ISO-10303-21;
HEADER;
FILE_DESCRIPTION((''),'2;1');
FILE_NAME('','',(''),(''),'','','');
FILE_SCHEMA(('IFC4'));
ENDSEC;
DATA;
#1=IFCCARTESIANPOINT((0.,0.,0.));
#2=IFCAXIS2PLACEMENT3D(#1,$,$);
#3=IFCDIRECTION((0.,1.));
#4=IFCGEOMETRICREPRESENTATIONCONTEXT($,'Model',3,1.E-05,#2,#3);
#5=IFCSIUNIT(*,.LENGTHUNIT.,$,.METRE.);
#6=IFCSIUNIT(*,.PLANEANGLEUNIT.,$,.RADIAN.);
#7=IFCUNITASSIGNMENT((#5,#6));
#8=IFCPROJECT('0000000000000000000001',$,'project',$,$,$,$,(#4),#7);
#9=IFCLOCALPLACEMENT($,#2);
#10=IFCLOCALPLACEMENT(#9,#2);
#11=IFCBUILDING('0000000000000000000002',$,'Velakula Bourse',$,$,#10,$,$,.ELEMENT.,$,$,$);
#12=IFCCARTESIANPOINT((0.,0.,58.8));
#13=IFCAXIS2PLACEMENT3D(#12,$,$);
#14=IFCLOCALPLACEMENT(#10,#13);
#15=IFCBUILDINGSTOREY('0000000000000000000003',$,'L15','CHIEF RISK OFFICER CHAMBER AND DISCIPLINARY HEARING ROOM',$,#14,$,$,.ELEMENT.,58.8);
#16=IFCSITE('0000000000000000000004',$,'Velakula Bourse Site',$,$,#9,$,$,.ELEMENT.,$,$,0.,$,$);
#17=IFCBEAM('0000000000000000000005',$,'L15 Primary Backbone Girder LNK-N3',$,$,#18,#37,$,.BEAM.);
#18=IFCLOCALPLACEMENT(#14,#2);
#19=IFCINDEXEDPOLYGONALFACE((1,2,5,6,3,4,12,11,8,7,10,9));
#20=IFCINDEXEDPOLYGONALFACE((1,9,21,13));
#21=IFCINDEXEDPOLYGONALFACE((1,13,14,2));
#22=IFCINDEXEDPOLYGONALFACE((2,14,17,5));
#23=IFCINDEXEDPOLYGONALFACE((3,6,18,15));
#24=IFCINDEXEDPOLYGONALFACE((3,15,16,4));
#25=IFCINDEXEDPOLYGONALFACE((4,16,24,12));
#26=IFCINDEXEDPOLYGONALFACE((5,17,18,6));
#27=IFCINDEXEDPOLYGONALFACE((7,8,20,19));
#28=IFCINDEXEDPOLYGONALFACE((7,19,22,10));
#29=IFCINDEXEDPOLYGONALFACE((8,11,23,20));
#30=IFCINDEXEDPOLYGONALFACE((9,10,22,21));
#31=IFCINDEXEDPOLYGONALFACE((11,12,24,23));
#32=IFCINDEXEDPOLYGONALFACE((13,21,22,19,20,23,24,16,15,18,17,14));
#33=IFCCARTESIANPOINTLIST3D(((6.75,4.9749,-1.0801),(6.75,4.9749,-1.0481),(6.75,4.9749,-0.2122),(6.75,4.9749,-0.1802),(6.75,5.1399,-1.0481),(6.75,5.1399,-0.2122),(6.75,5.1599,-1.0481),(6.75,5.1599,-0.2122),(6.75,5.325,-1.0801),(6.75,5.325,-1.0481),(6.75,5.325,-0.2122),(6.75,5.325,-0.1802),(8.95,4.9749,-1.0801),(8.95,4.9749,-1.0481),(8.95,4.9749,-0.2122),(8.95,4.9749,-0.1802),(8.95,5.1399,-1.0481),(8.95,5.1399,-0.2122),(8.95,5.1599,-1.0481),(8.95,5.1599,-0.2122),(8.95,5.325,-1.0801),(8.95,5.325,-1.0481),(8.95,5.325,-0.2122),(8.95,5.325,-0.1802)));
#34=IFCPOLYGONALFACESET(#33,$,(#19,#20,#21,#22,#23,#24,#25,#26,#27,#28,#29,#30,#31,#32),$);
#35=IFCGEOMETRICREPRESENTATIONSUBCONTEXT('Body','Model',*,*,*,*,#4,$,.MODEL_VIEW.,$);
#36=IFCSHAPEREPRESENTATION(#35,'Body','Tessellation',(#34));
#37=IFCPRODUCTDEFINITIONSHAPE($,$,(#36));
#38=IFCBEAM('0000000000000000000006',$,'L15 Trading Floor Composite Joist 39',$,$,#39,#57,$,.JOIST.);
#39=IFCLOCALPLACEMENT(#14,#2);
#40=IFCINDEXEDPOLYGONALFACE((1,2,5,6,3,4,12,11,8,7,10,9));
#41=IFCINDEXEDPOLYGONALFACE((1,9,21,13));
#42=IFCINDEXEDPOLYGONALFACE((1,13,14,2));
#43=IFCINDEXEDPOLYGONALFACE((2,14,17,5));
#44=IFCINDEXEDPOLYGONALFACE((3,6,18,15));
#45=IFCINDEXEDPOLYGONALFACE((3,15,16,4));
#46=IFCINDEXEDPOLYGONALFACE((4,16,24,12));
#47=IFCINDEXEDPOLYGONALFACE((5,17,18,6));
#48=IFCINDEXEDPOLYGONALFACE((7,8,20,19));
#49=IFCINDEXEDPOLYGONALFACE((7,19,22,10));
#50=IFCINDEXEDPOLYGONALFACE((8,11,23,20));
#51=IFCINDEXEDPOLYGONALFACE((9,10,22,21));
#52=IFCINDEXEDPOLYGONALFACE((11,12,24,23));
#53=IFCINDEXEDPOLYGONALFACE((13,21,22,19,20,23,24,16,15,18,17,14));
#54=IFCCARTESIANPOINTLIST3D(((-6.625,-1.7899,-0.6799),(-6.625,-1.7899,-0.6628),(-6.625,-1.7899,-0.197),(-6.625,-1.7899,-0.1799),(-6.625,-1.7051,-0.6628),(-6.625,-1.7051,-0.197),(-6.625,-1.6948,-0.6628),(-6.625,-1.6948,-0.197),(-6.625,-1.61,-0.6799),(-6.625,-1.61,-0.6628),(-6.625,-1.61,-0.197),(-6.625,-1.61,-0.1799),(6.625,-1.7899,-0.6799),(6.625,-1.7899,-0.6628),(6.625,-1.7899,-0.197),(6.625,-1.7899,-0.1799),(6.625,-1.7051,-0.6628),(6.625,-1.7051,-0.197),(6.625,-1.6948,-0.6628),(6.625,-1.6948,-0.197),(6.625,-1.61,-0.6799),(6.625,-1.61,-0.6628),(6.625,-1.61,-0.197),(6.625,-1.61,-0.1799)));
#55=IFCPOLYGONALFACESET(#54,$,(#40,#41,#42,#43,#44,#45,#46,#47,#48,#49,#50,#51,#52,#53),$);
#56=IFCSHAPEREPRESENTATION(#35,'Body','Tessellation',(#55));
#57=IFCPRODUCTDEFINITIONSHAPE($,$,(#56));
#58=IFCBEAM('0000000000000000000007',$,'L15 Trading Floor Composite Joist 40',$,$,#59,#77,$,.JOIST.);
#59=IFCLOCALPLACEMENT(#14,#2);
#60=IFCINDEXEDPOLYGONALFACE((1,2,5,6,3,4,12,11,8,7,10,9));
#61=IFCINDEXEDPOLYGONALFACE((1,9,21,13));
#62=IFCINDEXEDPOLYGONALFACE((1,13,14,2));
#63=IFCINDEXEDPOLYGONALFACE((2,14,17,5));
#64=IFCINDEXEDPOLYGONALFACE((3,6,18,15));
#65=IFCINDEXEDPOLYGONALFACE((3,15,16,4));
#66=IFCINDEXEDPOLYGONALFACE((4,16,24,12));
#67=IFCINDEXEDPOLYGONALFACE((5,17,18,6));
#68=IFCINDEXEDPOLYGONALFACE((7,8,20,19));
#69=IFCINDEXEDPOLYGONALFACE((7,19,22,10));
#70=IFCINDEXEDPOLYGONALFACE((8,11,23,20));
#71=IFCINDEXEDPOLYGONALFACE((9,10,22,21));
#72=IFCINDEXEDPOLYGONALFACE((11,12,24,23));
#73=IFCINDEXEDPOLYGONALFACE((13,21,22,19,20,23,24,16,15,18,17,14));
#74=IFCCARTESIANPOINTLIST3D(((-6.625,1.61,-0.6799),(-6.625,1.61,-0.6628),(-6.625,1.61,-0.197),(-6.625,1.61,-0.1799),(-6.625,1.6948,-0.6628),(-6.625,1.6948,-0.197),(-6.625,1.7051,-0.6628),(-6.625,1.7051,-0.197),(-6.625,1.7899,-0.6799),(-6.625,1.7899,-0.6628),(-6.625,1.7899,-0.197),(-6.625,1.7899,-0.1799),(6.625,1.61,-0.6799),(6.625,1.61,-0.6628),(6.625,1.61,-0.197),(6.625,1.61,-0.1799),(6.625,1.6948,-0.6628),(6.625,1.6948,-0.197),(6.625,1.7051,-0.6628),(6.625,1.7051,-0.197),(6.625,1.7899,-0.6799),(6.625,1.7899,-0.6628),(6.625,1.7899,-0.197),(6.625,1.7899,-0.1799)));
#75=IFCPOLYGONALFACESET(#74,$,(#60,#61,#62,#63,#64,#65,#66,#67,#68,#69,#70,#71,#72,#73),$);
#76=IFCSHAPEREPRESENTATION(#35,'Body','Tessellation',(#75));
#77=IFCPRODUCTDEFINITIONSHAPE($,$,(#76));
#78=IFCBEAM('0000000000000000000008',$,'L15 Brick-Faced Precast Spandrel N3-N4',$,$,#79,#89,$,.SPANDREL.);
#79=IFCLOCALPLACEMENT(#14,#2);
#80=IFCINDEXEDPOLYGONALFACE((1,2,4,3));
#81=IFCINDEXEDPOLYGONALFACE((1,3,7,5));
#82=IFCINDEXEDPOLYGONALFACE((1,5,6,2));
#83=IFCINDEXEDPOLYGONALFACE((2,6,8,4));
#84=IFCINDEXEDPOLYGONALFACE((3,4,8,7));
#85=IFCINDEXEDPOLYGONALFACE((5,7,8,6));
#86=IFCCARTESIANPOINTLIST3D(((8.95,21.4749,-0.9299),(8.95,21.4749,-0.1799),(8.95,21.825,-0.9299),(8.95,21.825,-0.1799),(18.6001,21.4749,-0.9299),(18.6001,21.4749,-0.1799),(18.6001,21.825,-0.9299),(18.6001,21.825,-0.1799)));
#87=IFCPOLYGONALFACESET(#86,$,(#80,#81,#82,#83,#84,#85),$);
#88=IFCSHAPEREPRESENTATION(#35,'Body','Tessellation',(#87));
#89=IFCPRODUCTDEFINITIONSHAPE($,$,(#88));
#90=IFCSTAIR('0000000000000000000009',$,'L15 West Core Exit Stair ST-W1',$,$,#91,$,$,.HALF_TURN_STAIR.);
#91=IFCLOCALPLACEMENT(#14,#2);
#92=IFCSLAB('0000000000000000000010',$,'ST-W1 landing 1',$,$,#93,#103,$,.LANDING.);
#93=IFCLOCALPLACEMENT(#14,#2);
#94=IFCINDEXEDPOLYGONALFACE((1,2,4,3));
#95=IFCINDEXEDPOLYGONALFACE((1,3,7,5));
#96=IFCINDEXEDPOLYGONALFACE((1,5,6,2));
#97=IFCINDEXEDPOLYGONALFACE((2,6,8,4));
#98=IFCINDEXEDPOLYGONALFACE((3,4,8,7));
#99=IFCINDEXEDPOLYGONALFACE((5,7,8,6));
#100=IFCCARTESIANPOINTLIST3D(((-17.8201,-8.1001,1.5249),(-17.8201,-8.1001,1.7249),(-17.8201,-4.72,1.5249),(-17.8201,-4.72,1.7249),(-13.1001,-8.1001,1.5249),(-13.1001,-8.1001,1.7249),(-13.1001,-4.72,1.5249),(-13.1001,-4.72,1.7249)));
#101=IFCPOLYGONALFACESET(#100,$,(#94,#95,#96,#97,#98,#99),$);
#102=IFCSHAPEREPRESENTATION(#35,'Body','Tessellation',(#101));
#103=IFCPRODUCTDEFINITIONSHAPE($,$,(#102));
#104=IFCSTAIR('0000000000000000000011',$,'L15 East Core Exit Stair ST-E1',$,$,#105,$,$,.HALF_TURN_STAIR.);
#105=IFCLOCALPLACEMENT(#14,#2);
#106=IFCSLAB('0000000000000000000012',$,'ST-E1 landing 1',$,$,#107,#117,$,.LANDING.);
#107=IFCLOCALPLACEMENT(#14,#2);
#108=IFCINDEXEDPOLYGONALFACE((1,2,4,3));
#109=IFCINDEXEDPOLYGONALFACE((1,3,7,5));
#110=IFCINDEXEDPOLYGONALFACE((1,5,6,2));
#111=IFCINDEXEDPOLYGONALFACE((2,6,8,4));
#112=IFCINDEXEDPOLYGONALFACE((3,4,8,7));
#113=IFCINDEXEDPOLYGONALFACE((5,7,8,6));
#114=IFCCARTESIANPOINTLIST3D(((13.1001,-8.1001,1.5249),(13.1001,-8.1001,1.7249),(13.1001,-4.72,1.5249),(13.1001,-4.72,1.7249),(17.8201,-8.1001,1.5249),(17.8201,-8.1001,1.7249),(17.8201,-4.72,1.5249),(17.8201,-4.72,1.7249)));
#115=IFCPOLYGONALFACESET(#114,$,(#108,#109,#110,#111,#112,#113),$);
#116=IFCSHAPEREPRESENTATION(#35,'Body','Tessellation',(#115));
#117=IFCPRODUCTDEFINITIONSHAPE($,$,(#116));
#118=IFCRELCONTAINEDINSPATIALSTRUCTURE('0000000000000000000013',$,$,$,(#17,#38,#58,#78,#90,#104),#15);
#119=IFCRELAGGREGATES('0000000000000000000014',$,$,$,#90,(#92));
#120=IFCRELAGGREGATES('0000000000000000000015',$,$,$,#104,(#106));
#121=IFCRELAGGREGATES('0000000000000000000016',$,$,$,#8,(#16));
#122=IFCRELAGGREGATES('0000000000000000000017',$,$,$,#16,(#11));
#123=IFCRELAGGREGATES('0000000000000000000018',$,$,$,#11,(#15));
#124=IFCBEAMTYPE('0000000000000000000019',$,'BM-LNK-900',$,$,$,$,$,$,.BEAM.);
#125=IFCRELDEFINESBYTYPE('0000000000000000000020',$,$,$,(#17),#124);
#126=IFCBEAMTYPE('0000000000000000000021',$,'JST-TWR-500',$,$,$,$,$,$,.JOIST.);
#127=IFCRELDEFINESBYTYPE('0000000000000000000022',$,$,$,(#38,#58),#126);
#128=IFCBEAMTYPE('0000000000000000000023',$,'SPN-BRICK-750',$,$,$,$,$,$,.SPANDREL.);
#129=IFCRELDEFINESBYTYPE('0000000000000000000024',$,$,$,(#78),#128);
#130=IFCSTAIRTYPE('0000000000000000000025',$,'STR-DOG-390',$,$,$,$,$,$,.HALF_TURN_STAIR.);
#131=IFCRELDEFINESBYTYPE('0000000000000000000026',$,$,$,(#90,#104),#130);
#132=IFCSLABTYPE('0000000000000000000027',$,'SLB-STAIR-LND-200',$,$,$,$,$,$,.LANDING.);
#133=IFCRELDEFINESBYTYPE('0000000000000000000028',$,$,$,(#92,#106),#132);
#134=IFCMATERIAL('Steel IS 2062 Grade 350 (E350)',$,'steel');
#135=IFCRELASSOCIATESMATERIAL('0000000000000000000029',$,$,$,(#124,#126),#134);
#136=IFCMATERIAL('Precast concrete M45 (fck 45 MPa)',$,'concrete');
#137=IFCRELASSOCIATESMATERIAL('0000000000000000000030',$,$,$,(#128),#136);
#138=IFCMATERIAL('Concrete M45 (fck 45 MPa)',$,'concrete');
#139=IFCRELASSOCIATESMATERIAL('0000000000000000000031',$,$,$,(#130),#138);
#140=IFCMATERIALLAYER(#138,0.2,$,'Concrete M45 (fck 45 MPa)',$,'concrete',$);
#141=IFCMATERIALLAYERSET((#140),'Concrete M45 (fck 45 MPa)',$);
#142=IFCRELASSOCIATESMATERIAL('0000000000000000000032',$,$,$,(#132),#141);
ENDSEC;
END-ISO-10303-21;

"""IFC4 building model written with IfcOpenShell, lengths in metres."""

from ifc_helpers import new_model, si_unit, direction, frame, origin, origin_2d, place, context, subcontext, project, spatial, polyline, rectangle, i_section, outline, extrude, material, layer, layer_set, material_profile, profile_set, type_object, element, aggregate, save


model = new_model("IFC4")

# Units and contexts
model_context = context("Model", 3, precision=1e-05, world=origin(), true_north=direction((0.0, 1.0)))
body_context = subcontext(model_context, "Body", "Model", "MODEL_VIEW")
ifc_project = project(units=[si_unit("LENGTHUNIT", "METRE"), si_unit("PLANEANGLEUNIT", "RADIAN")], contexts=[model_context])

# Site, building, storey
site_placement = place(None, origin())
site = spatial("IfcSite", under=ifc_project, at=site_placement, Name="Velakula Bourse Site", CompositionType="ELEMENT", RefElevation=0.0)
building_placement = place(site_placement, origin())
building = spatial("IfcBuilding", under=site, at=building_placement, Name="Velakula Bourse", CompositionType="ELEMENT")
storey_placement = place(building_placement, frame((0.0, 0.0, 58.8)))
storey = spatial("IfcBuildingStorey", under=building, at=storey_placement, Name="L15", Description="CHIEF RISK OFFICER CHAMBER AND DISCIPLINARY HEARING ROOM", CompositionType="ELEMENT", Elevation=58.8)

# Beams
ifc_material_1 = material(Name="Steel IS 2062 Grade 350 (E350)", Category="steel")
ifc_material_profile_1 = material_profile(ifc_material_1, i_section(OverallWidth=0.3501, OverallDepth=0.8999, WebThickness=0.02, FlangeThickness=0.032, at=origin_2d()), Name="Steel IS 2062 Grade 350 (E350)")
ifc_profile_set_1 = profile_set([ifc_material_profile_1], Name="Steel IS 2062 Grade 350 (E350)")
beam_type_1 = type_object("IfcBeamType", Name="BM-LNK-900", PredefinedType="BEAM", material=ifc_profile_set_1)
beam_1_placement = place(storey_placement, frame((6.75, 5.1499, -0.6301), z_axis=(1.0, 0.0, 0.0), x_axis=(0.0, 1.0, 0.0)))
element("IfcBeam", 1, at=beam_1_placement, inside=storey, type_object=beam_type_1, Name="L15 Primary Backbone Girder LNK-N3", PredefinedType="BEAM", context=body_context, shape_type="SweptSolid", body=[
    extrude(i_section(OverallWidth=0.3501, OverallDepth=0.8999, WebThickness=0.02, FlangeThickness=0.032, at=origin_2d()), origin(), (0.0, 0.0, 1.0), 2.2),
])
ifc_material_profile_2 = material_profile(ifc_material_1, i_section(OverallWidth=0.1799, OverallDepth=0.5, WebThickness=0.0103, FlangeThickness=0.0171, at=origin_2d()), Name="Steel IS 2062 Grade 350 (E350)")
ifc_profile_set_2 = profile_set([ifc_material_profile_2], Name="Steel IS 2062 Grade 350 (E350)")
beam_type_2 = type_object("IfcBeamType", Name="JST-TWR-500", PredefinedType="JOIST", material=ifc_profile_set_2)
for number, where, z_axis, x_axis, name in (
    (2, (-6.625, -1.7, -0.4299), (1.0, 0.0, 0.0), (0.0, 1.0, 0.0), "L15 Trading Floor Composite Joist 39"),
    (3, (-6.625, 1.7, -0.4299), (1.0, 0.0, 0.0), (0.0, 1.0, 0.0), "L15 Trading Floor Composite Joist 40"),
):
    element("IfcBeam", number, at=place(storey_placement, frame(where, z_axis=z_axis, x_axis=x_axis)), inside=storey, type_object=beam_type_2, Name=name, PredefinedType="JOIST", context=body_context, shape_type="SweptSolid", body=[
        extrude(i_section(OverallWidth=0.1799, OverallDepth=0.5, WebThickness=0.0103, FlangeThickness=0.0171, at=origin_2d()), origin(), (0.0, 0.0, 1.0), 13.25),
    ])
ifc_material_2 = material(Name="Precast concrete M45 (fck 45 MPa)", Category="concrete")
ifc_material_profile_3 = material_profile(ifc_material_2, rectangle(XDim=0.3501, YDim=0.75, at=origin_2d()), Name="Precast concrete M45 (fck 45 MPa)")
ifc_profile_set_3 = profile_set([ifc_material_profile_3], Name="Precast concrete M45 (fck 45 MPa)")
beam_type_3 = type_object("IfcBeamType", Name="SPN-BRICK-750", PredefinedType="SPANDREL", material=ifc_profile_set_3)
beam_2_placement = place(storey_placement, frame((8.95, 21.6499, -0.5549), z_axis=(1.0, 0.0, 0.0), x_axis=(0.0, 1.0, 0.0)))
element("IfcBeam", 4, at=beam_2_placement, inside=storey, type_object=beam_type_3, Name="L15 Brick-Faced Precast Spandrel N3-N4", PredefinedType="SPANDREL", context=body_context, shape_type="SweptSolid", body=[
    extrude(rectangle(XDim=0.3501, YDim=0.75, at=origin_2d()), origin(), (0.0, 0.0, 1.0), 9.6501),
])

# Stairs, slabs
ifc_material_3 = material(Name="Concrete M45 (fck 45 MPa)", Category="concrete")
stair_type = type_object("IfcStairType", Name="STR-DOG-390", PredefinedType="HALF_TURN_STAIR", material=ifc_material_3)
stair_1_placement = place(storey_placement, origin())
stair_1 = element("IfcStair", 5, at=stair_1_placement, inside=storey, type_object=stair_type, Name="L15 West Core Exit Stair ST-W1", PredefinedType="HALF_TURN_STAIR")
ifc_layer_1 = layer(ifc_material_3, 0.2, Name="Concrete M45 (fck 45 MPa)", Category="concrete")
ifc_layer_set_1 = layer_set([ifc_layer_1], Name="Concrete M45 (fck 45 MPa)")
slab_type_1 = type_object("IfcSlabType", Name="SLB-STAIR-LND-200", PredefinedType="LANDING", material=ifc_layer_set_1)
slab_1_placement = place(storey_placement, frame((0.0, 0.0, 1.5249)))
slab_1 = element("IfcSlab", 6, at=slab_1_placement, type_object=slab_type_1, Name="ST-W1 landing 1", PredefinedType="LANDING", context=body_context, shape_type="SweptSolid", body=[
    extrude(outline(polyline([(-17.8201, -4.72), (-17.8201, -8.1001), (-13.1001, -8.1001), (-13.1001, -4.72), (-17.8201, -4.72)])), origin(), (0.0, 0.0, 1.0), 0.2),
])
aggregate(stair_1, [slab_1])
stair_2_placement = place(storey_placement, origin())
stair_2 = element("IfcStair", 7, at=stair_2_placement, inside=storey, type_object=stair_type, Name="L15 East Core Exit Stair ST-E1", PredefinedType="HALF_TURN_STAIR")
slab_2_placement = place(storey_placement, frame((0.0, 0.0, 1.5249)))
slab_2 = element("IfcSlab", 8, at=slab_2_placement, type_object=slab_type_1, Name="ST-E1 landing 1", PredefinedType="LANDING", context=body_context, shape_type="SweptSolid", body=[
    extrude(outline(polyline([(13.1001, -4.72), (13.1001, -8.1001), (17.8201, -8.1001), (17.8201, -4.72), (13.1001, -4.72)])), origin(), (0.0, 0.0, 1.0), 0.2),
])
aggregate(stair_2, [slab_2])

save(model, "model.ifc")
